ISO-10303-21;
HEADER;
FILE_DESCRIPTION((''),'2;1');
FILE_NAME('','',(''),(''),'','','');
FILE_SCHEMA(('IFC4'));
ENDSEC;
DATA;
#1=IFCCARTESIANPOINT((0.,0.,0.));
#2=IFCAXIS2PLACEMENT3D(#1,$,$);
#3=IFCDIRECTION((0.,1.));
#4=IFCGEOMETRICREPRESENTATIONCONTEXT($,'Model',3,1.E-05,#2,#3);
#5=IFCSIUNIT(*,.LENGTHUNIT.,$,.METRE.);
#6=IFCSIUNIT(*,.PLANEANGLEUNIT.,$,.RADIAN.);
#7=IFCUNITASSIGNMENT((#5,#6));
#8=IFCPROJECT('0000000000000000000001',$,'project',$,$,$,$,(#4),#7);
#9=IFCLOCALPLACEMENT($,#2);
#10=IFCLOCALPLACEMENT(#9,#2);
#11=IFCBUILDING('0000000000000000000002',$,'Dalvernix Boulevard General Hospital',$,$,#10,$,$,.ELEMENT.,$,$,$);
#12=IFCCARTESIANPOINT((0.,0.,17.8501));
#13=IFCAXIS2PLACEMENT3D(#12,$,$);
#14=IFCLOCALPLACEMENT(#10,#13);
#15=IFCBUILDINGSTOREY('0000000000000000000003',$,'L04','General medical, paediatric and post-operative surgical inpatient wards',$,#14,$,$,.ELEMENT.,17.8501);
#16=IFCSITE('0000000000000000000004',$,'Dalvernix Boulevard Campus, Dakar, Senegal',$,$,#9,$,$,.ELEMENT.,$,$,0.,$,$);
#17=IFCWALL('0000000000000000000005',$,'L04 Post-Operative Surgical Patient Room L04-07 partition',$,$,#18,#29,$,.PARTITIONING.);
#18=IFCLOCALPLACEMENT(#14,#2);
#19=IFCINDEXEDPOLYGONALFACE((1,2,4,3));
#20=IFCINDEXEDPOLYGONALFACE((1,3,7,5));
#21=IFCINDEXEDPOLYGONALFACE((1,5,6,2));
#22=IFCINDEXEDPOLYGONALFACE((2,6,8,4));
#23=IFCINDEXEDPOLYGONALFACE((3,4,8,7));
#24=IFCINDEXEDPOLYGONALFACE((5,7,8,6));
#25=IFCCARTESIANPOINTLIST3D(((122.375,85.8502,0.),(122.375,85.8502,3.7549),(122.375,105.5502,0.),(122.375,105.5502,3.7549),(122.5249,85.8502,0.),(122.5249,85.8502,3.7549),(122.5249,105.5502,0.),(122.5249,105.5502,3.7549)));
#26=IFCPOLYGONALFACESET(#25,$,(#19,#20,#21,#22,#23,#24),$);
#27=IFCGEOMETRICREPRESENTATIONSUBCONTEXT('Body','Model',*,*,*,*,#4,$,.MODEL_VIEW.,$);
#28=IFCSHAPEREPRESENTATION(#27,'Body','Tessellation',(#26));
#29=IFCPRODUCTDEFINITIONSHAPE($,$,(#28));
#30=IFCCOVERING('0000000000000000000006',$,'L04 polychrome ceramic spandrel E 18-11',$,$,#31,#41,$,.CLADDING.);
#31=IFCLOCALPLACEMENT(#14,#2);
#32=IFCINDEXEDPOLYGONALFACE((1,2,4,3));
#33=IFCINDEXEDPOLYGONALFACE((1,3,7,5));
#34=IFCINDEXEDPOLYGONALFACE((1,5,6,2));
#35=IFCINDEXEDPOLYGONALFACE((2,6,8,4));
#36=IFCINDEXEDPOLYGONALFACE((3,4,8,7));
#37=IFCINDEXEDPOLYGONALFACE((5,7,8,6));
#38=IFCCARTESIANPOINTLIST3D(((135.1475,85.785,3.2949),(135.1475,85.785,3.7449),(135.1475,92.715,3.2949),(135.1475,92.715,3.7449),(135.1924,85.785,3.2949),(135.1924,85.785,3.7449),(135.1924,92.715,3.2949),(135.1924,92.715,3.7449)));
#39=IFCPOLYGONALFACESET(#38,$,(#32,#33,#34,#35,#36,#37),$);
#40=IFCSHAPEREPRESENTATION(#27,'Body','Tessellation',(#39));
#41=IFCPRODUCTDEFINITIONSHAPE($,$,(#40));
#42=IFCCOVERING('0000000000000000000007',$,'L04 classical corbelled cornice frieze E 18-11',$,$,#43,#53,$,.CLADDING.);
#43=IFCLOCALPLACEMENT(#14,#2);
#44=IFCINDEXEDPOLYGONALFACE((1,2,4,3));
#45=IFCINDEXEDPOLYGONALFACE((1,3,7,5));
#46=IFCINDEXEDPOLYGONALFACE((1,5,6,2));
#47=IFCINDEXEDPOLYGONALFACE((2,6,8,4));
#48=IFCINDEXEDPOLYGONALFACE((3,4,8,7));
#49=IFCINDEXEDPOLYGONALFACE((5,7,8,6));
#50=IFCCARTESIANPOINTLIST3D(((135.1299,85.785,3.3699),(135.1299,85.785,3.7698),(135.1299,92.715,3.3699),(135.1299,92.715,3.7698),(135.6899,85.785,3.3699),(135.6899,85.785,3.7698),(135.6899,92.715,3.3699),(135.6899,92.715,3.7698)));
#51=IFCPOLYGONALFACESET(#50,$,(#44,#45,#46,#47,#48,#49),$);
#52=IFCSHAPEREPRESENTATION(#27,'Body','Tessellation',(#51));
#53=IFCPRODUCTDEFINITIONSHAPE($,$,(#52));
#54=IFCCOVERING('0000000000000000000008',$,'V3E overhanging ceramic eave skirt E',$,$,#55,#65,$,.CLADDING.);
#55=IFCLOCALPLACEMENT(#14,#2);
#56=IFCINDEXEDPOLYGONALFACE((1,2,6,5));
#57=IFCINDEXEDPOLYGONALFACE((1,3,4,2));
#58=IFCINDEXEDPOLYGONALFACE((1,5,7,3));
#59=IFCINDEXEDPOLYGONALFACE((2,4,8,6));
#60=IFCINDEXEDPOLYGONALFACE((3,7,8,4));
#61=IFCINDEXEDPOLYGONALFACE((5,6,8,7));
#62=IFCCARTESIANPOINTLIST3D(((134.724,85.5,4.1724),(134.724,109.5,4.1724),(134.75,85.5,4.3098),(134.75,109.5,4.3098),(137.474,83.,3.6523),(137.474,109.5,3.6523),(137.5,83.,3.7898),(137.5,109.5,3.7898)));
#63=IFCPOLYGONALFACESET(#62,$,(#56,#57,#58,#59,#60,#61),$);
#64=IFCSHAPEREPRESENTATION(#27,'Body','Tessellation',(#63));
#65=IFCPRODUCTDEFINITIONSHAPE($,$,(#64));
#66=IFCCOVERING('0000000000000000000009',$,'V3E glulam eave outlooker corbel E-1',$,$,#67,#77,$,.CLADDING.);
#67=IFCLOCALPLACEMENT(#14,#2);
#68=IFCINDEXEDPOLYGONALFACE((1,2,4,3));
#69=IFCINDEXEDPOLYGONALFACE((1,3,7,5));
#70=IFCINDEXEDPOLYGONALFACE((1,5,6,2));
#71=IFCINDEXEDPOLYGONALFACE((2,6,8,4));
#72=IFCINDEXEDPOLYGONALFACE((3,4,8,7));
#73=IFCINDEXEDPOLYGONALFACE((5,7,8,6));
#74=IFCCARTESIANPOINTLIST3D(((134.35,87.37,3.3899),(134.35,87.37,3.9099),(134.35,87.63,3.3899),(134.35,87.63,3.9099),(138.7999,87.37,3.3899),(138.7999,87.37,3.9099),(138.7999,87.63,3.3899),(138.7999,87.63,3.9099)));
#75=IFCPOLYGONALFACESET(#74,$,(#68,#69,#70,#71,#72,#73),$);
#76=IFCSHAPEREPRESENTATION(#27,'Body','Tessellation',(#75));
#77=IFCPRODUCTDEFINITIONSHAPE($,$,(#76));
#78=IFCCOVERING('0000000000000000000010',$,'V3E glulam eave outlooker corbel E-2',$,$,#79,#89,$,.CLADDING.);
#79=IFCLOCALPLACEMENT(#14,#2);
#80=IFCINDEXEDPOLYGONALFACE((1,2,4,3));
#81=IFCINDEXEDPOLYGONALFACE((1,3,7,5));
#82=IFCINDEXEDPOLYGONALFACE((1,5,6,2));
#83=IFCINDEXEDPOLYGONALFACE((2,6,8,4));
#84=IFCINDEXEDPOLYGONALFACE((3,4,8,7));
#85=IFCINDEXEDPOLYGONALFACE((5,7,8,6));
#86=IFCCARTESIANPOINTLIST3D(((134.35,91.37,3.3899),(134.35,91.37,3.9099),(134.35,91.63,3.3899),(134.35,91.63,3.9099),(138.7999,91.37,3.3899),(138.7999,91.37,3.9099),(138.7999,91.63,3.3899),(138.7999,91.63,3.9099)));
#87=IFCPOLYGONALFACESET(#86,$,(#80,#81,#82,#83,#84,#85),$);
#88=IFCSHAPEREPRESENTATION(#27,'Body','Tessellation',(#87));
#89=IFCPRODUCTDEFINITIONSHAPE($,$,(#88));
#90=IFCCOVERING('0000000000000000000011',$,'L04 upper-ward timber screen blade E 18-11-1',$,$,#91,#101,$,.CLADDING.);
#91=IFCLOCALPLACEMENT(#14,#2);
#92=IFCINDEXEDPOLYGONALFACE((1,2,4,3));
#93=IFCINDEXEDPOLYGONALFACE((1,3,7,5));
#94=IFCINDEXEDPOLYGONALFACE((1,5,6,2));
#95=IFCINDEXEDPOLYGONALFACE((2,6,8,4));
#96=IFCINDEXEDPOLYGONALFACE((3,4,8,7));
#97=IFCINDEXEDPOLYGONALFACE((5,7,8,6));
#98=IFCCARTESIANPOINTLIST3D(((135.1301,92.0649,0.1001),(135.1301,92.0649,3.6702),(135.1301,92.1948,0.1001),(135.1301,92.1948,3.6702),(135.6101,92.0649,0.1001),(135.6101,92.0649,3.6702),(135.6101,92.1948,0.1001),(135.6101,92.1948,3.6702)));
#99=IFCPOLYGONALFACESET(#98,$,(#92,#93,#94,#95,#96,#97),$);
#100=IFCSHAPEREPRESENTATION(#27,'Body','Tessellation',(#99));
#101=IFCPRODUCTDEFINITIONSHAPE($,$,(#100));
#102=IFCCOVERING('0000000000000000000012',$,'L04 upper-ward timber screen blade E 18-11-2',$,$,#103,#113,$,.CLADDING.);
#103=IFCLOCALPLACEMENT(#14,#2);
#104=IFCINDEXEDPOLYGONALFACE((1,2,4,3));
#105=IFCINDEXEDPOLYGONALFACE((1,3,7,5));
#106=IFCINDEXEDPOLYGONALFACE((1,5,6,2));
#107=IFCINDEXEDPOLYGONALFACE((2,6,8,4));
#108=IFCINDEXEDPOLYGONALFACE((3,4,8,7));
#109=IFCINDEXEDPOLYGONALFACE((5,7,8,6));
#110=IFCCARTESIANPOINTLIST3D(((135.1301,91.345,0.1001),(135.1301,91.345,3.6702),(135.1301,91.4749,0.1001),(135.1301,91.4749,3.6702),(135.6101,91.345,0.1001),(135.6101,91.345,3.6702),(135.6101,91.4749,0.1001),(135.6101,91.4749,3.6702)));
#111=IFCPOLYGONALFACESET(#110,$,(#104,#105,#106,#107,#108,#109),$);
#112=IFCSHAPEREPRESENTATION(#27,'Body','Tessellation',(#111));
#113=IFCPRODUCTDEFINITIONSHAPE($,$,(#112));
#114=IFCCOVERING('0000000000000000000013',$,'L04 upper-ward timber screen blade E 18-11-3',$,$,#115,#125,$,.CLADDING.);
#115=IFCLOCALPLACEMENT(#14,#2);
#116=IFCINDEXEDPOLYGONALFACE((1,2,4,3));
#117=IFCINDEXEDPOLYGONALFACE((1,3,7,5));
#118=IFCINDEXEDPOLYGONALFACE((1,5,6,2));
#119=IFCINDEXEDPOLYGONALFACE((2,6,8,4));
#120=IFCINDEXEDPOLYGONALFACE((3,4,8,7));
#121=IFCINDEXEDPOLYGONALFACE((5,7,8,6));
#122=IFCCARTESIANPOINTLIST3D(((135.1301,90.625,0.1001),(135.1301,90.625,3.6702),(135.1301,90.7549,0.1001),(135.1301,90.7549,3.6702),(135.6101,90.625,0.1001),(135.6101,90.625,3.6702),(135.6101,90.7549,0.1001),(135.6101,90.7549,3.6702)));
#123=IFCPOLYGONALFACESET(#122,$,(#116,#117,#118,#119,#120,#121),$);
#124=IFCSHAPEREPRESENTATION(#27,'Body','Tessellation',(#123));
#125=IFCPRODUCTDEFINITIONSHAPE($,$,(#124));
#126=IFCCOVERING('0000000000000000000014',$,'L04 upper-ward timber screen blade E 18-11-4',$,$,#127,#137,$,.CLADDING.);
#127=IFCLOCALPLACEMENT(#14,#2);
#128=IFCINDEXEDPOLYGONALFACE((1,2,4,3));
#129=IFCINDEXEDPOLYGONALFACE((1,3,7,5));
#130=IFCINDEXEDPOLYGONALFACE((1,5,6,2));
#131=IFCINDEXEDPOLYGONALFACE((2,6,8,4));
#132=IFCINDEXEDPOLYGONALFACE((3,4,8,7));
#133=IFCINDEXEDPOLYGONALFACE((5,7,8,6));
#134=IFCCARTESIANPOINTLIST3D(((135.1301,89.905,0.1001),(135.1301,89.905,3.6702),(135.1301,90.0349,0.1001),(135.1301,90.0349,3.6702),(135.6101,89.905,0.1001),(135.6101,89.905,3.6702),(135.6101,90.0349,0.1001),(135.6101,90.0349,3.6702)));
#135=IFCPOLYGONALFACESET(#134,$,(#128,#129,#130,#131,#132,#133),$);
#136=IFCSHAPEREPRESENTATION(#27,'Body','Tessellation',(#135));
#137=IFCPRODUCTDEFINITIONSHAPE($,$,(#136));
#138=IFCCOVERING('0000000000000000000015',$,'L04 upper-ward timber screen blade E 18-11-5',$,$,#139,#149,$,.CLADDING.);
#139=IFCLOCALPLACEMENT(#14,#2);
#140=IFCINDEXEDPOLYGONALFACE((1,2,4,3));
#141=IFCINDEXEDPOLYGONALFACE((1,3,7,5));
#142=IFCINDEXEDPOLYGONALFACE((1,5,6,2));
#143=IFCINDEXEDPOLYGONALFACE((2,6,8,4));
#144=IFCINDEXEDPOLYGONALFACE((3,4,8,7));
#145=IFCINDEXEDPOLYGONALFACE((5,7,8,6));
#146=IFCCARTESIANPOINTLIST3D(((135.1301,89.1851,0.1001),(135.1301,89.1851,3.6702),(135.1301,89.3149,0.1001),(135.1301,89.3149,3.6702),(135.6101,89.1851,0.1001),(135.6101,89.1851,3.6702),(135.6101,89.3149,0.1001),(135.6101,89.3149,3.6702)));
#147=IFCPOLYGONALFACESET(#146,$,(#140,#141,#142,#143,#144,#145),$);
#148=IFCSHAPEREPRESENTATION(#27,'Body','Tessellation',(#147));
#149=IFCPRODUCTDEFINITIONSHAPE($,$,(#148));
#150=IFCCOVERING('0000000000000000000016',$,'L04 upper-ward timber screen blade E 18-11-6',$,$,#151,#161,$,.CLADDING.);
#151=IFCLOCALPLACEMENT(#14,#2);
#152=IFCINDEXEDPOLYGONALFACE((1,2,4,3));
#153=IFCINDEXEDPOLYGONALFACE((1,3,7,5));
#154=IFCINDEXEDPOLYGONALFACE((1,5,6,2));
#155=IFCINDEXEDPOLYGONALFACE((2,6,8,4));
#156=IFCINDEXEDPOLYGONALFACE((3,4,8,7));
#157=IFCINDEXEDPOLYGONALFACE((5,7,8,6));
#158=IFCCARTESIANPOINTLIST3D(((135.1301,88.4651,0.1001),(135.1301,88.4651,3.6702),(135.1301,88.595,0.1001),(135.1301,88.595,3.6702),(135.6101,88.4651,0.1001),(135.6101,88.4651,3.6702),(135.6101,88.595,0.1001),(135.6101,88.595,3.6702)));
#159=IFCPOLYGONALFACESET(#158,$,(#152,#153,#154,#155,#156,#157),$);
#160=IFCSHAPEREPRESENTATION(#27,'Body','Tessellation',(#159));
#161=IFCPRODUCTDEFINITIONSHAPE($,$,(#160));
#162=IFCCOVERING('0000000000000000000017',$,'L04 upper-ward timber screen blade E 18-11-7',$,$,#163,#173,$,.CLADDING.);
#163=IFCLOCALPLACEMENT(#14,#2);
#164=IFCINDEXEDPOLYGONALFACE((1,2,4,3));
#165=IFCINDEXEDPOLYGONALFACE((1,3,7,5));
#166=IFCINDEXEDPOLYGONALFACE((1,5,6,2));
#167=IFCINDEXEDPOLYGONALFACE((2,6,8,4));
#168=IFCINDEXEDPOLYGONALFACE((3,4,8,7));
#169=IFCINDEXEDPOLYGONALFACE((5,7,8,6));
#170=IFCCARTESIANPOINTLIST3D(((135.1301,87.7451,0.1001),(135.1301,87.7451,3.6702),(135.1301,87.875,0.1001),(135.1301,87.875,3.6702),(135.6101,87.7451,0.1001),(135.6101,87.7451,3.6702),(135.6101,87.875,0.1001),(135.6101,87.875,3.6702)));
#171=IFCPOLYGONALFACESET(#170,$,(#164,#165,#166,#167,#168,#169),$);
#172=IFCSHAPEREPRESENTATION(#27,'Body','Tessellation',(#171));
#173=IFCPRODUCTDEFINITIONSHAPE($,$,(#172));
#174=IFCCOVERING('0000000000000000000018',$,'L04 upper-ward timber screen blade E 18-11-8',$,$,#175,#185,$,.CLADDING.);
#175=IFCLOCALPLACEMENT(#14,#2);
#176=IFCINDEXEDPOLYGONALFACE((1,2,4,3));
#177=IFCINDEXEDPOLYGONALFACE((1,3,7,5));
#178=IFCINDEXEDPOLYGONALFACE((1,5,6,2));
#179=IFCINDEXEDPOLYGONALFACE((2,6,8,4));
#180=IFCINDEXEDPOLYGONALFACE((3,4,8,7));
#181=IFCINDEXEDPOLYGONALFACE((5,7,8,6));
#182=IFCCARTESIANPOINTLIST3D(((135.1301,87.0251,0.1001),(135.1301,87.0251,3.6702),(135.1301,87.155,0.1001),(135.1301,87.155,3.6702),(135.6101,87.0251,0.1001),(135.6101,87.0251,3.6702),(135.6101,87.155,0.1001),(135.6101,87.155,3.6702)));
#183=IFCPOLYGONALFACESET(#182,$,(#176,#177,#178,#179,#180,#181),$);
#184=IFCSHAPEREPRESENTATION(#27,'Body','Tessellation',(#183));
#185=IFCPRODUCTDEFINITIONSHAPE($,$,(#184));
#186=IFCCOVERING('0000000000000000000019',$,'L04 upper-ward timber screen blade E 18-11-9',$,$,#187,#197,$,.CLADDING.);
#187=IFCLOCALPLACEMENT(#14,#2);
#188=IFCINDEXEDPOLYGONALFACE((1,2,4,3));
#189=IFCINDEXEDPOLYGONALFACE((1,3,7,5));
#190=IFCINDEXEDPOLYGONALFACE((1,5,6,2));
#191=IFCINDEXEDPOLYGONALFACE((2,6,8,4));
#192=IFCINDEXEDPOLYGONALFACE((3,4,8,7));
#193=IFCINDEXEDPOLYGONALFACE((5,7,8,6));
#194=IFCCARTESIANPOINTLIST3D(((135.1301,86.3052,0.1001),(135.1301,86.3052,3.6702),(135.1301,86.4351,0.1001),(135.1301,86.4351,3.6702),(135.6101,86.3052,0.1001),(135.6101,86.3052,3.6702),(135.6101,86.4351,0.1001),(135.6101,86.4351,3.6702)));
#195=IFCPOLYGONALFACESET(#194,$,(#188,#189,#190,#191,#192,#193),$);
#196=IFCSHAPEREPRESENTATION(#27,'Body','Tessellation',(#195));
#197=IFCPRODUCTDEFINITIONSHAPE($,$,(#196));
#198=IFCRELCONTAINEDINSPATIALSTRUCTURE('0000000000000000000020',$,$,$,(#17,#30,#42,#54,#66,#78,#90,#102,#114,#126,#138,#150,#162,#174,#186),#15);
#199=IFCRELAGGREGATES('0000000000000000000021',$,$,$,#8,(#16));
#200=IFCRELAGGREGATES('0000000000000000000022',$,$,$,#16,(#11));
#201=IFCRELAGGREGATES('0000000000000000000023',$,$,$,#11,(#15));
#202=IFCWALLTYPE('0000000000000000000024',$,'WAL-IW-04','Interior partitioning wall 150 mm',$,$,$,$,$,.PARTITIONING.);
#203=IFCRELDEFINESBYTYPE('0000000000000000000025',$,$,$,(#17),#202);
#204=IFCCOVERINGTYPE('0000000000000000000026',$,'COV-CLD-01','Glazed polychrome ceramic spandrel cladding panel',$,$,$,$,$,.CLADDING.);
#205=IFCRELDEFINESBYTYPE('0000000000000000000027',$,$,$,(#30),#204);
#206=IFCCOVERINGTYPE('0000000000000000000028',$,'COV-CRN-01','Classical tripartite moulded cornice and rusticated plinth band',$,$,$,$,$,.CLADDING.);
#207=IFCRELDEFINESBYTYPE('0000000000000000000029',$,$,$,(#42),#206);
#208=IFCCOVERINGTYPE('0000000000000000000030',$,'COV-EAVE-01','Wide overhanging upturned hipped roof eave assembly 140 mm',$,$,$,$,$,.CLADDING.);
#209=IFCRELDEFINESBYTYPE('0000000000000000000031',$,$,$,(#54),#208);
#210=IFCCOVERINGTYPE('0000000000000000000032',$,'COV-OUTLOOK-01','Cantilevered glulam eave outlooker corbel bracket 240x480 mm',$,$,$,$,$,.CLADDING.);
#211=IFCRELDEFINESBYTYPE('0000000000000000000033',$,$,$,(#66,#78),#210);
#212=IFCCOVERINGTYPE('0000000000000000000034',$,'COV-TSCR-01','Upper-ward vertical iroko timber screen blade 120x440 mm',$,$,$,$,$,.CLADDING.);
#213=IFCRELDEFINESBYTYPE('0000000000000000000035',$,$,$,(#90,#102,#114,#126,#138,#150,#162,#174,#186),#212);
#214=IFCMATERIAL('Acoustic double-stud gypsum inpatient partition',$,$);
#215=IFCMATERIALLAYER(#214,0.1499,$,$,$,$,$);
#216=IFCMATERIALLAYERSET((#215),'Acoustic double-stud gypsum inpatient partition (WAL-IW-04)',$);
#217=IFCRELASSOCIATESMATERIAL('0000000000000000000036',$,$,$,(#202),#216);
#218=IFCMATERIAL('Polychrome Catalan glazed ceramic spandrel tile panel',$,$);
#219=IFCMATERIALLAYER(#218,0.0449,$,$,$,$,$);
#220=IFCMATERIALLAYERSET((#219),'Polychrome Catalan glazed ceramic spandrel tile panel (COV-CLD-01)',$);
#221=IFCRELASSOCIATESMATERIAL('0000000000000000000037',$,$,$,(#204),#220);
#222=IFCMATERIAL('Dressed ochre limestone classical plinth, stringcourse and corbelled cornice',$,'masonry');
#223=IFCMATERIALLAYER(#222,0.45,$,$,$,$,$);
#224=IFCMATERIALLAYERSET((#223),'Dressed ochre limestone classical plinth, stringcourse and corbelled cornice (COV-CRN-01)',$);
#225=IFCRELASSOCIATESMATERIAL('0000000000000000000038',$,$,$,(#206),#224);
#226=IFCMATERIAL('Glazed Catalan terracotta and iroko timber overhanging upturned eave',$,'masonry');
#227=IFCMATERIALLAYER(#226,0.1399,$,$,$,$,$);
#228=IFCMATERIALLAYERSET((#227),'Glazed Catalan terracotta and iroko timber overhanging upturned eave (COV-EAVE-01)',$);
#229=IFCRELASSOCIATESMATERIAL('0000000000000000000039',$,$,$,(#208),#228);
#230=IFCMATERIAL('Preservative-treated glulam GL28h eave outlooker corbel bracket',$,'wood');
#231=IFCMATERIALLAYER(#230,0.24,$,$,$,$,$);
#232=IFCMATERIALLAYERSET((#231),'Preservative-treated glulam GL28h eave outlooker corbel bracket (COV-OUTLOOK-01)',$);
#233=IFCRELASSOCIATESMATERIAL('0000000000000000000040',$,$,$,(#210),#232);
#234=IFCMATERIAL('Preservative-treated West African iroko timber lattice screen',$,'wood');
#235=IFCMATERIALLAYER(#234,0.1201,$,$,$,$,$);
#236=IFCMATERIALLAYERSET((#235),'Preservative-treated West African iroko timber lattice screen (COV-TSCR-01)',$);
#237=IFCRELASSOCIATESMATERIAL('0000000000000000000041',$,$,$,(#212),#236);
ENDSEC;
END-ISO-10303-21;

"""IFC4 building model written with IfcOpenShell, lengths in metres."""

from ifc_helpers import new_model, si_unit, direction, frame, frame_2d, origin, origin_2d, place, context, subcontext, project, spatial, polyline, rectangle, outline, extrude, material, layer, layer_set, type_object, element, save


model = new_model("IFC4")

# Units and contexts
model_context = context("Model", 3, precision=1e-05, world=origin(), true_north=direction((0.0, 1.0)))
body_context = subcontext(model_context, "Body", "Model", "MODEL_VIEW")
ifc_project = project(units=[si_unit("LENGTHUNIT", "METRE"), si_unit("PLANEANGLEUNIT", "RADIAN")], contexts=[model_context])

# Site, building, storey
site_placement = place(None, origin())
site = spatial("IfcSite", under=ifc_project, at=site_placement, Name="Dalvernix Boulevard Campus, Dakar, Senegal", CompositionType="ELEMENT", RefElevation=0.0)
building_placement = place(site_placement, origin())
building = spatial("IfcBuilding", under=site, at=building_placement, Name="Dalvernix Boulevard General Hospital", CompositionType="ELEMENT")
storey_placement = place(building_placement, frame((0.0, 0.0, 17.8501)))
storey = spatial("IfcBuildingStorey", under=building, at=storey_placement, Name="L04", Description="General medical, paediatric and post-operative surgical inpatient wards", CompositionType="ELEMENT", Elevation=17.8501)

# Wall
ifc_material_1 = material(Name="Acoustic double-stud gypsum inpatient partition")
ifc_layer_1 = layer(ifc_material_1, 0.1499)
ifc_layer_set_1 = layer_set([ifc_layer_1], Name="Acoustic double-stud gypsum inpatient partition (WAL-IW-04)")
wall_type_1 = type_object("IfcWallType", Name="WAL-IW-04", Description="Interior partitioning wall 150 mm", PredefinedType="PARTITIONING", material=ifc_layer_set_1)
wall_1_placement = place(storey_placement, frame((122.45, 85.8501, 0.0), z_axis=(0.0, 0.0, 1.0), x_axis=(0.0, 1.0, 0.0)))
element("IfcWall", 1, at=wall_1_placement, inside=storey, type_object=wall_type_1, Name="L04 Post-Operative Surgical Patient Room L04-07 partition", PredefinedType="PARTITIONING", context=body_context, shape_type="SweptSolid", body=[
    extrude(rectangle(XDim=19.7, YDim=0.1499, at=frame_2d((9.8501, 0.0))), origin(), (0.0, 0.0, 1.0), 3.7549),
])

# Coverings
ifc_material_2 = material(Name="Polychrome Catalan glazed ceramic spandrel tile panel")
ifc_layer_2 = layer(ifc_material_2, 0.0449)
ifc_layer_set_2 = layer_set([ifc_layer_2], Name="Polychrome Catalan glazed ceramic spandrel tile panel (COV-CLD-01)")
covering_type_1 = type_object("IfcCoveringType", Name="COV-CLD-01", Description="Glazed polychrome ceramic spandrel cladding panel", PredefinedType="CLADDING", material=ifc_layer_set_2)
covering_1_placement = place(storey_placement, frame((135.1699, 89.25, 3.2949), z_axis=(0.0, 0.0, 1.0), x_axis=(0.0, -1.0, 0.0)))
element("IfcCovering", 2, at=covering_1_placement, inside=storey, type_object=covering_type_1, Name="L04 polychrome ceramic spandrel E 18-11", PredefinedType="CLADDING", context=body_context, shape_type="SweptSolid", body=[
    extrude(rectangle(XDim=6.9299, YDim=0.0449, at=origin_2d()), origin(), (0.0, 0.0, 1.0), 0.45),
])
ifc_material_3 = material(Name="Dressed ochre limestone classical plinth, stringcourse and corbelled cornice", Category="masonry")
ifc_layer_3 = layer(ifc_material_3, 0.45)
ifc_layer_set_3 = layer_set([ifc_layer_3], Name="Dressed ochre limestone classical plinth, stringcourse and corbelled cornice (COV-CRN-01)")
covering_type_2 = type_object("IfcCoveringType", Name="COV-CRN-01", Description="Classical tripartite moulded cornice and rusticated plinth band", PredefinedType="CLADDING", material=ifc_layer_set_3)
covering_2_placement = place(storey_placement, frame((135.4099, 89.25, 3.3699), z_axis=(0.0, 0.0, 1.0), x_axis=(0.0, -1.0, 0.0)))
element("IfcCovering", 3, at=covering_2_placement, inside=storey, type_object=covering_type_2, Name="L04 classical corbelled cornice frieze E 18-11", PredefinedType="CLADDING", context=body_context, shape_type="SweptSolid", body=[
    extrude(rectangle(XDim=6.9299, YDim=0.5601, at=origin_2d()), origin(), (0.0, 0.0, 1.0), 0.3999),
])
ifc_material_4 = material(Name="Glazed Catalan terracotta and iroko timber overhanging upturned eave", Category="masonry")
ifc_layer_4 = layer(ifc_material_4, 0.1399)
ifc_layer_set_4 = layer_set([ifc_layer_4], Name="Glazed Catalan terracotta and iroko timber overhanging upturned eave (COV-EAVE-01)")
covering_type_3 = type_object("IfcCoveringType", Name="COV-EAVE-01", Description="Wide overhanging upturned hipped roof eave assembly 140 mm", PredefinedType="CLADDING", material=ifc_layer_set_4)
covering_3_placement = place(storey_placement, frame((134.75, 85.5, 4.3098), z_axis=(0.185805, 0.0, 0.982587), x_axis=(0.0, 1.0, 0.0)))
element("IfcCovering", 4, at=covering_3_placement, inside=storey, type_object=covering_type_3, Name="V3E overhanging ceramic eave skirt E", PredefinedType="CLADDING", context=body_context, shape_type="SweptSolid", body=[
    extrude(outline(polyline([(0.0, 0.0), (24.0, 0.0), (24.0, -2.7987), (-2.5, -2.7987), (0.0, 0.0)])), origin(), (0.0, 0.0, -1.0), 0.1399),
])
ifc_material_5 = material(Name="Preservative-treated glulam GL28h eave outlooker corbel bracket", Category="wood")
ifc_layer_5 = layer(ifc_material_5, 0.24)
ifc_layer_set_5 = layer_set([ifc_layer_5], Name="Preservative-treated glulam GL28h eave outlooker corbel bracket (COV-OUTLOOK-01)")
covering_type_4 = type_object("IfcCoveringType", Name="COV-OUTLOOK-01", Description="Cantilevered glulam eave outlooker corbel bracket 240x480 mm", PredefinedType="CLADDING", material=ifc_layer_set_5)
for number, where, z_axis, x_axis, name in (
    (5, (136.575, 87.5, 3.3899), (0.0, 0.0, 1.0), (1.0, 0.0, 0.0), "V3E glulam eave outlooker corbel E-1"),
    (6, (136.575, 91.5, 3.3899), (0.0, 0.0, 1.0), (1.0, 0.0, 0.0), "V3E glulam eave outlooker corbel E-2"),
):
    element("IfcCovering", number, at=place(storey_placement, frame(where, z_axis=z_axis, x_axis=x_axis)), inside=storey, type_object=covering_type_4, Name=name, PredefinedType="CLADDING", context=body_context, shape_type="SweptSolid", body=[
        extrude(rectangle(XDim=4.45, YDim=0.26, at=origin_2d()), origin(), (0.0, 0.0, 1.0), 0.52),
    ])
ifc_material_6 = material(Name="Preservative-treated West African iroko timber lattice screen", Category="wood")
ifc_layer_6 = layer(ifc_material_6, 0.1201)
ifc_layer_set_6 = layer_set([ifc_layer_6], Name="Preservative-treated West African iroko timber lattice screen (COV-TSCR-01)")
covering_type_5 = type_object("IfcCoveringType", Name="COV-TSCR-01", Description="Upper-ward vertical iroko timber screen blade 120x440 mm", PredefinedType="CLADDING", material=ifc_layer_set_6)
for number, where, z_axis, x_axis, name in (
    (7, (135.3701, 92.1299, 0.1001), (0.0, 0.0, 1.0), (0.0, -1.0, 0.0), "L04 upper-ward timber screen blade E 18-11-1"),
    (8, (135.3701, 91.4099, 0.1001), (0.0, 0.0, 1.0), (0.0, -1.0, 0.0), "L04 upper-ward timber screen blade E 18-11-2"),
    (9, (135.3701, 90.6899, 0.1001), (0.0, 0.0, 1.0), (0.0, -1.0, 0.0), "L04 upper-ward timber screen blade E 18-11-3"),
    (10, (135.3701, 89.97, 0.1001), (0.0, 0.0, 1.0), (0.0, -1.0, 0.0), "L04 upper-ward timber screen blade E 18-11-4"),
    (11, (135.3701, 89.25, 0.1001), (0.0, 0.0, 1.0), (0.0, -1.0, 0.0), "L04 upper-ward timber screen blade E 18-11-5"),
    (12, (135.3701, 88.53, 0.1001), (0.0, 0.0, 1.0), (0.0, -1.0, 0.0), "L04 upper-ward timber screen blade E 18-11-6"),
    (13, (135.3701, 87.8101, 0.1001), (0.0, 0.0, 1.0), (0.0, -1.0, 0.0), "L04 upper-ward timber screen blade E 18-11-7"),
    (14, (135.3701, 87.0901, 0.1001), (0.0, 0.0, 1.0), (0.0, -1.0, 0.0), "L04 upper-ward timber screen blade E 18-11-8"),
    (15, (135.3701, 86.3701, 0.1001), (0.0, 0.0, 1.0), (0.0, -1.0, 0.0), "L04 upper-ward timber screen blade E 18-11-9"),
):
    element("IfcCovering", number, at=place(storey_placement, frame(where, z_axis=z_axis, x_axis=x_axis)), inside=storey, type_object=covering_type_5, Name=name, PredefinedType="CLADDING", context=body_context, shape_type="SweptSolid", body=[
        extrude(rectangle(XDim=0.1299, YDim=0.48, at=origin_2d()), origin(), (0.0, 0.0, 1.0), 3.5701),
    ])

save(model, "model.ifc")
